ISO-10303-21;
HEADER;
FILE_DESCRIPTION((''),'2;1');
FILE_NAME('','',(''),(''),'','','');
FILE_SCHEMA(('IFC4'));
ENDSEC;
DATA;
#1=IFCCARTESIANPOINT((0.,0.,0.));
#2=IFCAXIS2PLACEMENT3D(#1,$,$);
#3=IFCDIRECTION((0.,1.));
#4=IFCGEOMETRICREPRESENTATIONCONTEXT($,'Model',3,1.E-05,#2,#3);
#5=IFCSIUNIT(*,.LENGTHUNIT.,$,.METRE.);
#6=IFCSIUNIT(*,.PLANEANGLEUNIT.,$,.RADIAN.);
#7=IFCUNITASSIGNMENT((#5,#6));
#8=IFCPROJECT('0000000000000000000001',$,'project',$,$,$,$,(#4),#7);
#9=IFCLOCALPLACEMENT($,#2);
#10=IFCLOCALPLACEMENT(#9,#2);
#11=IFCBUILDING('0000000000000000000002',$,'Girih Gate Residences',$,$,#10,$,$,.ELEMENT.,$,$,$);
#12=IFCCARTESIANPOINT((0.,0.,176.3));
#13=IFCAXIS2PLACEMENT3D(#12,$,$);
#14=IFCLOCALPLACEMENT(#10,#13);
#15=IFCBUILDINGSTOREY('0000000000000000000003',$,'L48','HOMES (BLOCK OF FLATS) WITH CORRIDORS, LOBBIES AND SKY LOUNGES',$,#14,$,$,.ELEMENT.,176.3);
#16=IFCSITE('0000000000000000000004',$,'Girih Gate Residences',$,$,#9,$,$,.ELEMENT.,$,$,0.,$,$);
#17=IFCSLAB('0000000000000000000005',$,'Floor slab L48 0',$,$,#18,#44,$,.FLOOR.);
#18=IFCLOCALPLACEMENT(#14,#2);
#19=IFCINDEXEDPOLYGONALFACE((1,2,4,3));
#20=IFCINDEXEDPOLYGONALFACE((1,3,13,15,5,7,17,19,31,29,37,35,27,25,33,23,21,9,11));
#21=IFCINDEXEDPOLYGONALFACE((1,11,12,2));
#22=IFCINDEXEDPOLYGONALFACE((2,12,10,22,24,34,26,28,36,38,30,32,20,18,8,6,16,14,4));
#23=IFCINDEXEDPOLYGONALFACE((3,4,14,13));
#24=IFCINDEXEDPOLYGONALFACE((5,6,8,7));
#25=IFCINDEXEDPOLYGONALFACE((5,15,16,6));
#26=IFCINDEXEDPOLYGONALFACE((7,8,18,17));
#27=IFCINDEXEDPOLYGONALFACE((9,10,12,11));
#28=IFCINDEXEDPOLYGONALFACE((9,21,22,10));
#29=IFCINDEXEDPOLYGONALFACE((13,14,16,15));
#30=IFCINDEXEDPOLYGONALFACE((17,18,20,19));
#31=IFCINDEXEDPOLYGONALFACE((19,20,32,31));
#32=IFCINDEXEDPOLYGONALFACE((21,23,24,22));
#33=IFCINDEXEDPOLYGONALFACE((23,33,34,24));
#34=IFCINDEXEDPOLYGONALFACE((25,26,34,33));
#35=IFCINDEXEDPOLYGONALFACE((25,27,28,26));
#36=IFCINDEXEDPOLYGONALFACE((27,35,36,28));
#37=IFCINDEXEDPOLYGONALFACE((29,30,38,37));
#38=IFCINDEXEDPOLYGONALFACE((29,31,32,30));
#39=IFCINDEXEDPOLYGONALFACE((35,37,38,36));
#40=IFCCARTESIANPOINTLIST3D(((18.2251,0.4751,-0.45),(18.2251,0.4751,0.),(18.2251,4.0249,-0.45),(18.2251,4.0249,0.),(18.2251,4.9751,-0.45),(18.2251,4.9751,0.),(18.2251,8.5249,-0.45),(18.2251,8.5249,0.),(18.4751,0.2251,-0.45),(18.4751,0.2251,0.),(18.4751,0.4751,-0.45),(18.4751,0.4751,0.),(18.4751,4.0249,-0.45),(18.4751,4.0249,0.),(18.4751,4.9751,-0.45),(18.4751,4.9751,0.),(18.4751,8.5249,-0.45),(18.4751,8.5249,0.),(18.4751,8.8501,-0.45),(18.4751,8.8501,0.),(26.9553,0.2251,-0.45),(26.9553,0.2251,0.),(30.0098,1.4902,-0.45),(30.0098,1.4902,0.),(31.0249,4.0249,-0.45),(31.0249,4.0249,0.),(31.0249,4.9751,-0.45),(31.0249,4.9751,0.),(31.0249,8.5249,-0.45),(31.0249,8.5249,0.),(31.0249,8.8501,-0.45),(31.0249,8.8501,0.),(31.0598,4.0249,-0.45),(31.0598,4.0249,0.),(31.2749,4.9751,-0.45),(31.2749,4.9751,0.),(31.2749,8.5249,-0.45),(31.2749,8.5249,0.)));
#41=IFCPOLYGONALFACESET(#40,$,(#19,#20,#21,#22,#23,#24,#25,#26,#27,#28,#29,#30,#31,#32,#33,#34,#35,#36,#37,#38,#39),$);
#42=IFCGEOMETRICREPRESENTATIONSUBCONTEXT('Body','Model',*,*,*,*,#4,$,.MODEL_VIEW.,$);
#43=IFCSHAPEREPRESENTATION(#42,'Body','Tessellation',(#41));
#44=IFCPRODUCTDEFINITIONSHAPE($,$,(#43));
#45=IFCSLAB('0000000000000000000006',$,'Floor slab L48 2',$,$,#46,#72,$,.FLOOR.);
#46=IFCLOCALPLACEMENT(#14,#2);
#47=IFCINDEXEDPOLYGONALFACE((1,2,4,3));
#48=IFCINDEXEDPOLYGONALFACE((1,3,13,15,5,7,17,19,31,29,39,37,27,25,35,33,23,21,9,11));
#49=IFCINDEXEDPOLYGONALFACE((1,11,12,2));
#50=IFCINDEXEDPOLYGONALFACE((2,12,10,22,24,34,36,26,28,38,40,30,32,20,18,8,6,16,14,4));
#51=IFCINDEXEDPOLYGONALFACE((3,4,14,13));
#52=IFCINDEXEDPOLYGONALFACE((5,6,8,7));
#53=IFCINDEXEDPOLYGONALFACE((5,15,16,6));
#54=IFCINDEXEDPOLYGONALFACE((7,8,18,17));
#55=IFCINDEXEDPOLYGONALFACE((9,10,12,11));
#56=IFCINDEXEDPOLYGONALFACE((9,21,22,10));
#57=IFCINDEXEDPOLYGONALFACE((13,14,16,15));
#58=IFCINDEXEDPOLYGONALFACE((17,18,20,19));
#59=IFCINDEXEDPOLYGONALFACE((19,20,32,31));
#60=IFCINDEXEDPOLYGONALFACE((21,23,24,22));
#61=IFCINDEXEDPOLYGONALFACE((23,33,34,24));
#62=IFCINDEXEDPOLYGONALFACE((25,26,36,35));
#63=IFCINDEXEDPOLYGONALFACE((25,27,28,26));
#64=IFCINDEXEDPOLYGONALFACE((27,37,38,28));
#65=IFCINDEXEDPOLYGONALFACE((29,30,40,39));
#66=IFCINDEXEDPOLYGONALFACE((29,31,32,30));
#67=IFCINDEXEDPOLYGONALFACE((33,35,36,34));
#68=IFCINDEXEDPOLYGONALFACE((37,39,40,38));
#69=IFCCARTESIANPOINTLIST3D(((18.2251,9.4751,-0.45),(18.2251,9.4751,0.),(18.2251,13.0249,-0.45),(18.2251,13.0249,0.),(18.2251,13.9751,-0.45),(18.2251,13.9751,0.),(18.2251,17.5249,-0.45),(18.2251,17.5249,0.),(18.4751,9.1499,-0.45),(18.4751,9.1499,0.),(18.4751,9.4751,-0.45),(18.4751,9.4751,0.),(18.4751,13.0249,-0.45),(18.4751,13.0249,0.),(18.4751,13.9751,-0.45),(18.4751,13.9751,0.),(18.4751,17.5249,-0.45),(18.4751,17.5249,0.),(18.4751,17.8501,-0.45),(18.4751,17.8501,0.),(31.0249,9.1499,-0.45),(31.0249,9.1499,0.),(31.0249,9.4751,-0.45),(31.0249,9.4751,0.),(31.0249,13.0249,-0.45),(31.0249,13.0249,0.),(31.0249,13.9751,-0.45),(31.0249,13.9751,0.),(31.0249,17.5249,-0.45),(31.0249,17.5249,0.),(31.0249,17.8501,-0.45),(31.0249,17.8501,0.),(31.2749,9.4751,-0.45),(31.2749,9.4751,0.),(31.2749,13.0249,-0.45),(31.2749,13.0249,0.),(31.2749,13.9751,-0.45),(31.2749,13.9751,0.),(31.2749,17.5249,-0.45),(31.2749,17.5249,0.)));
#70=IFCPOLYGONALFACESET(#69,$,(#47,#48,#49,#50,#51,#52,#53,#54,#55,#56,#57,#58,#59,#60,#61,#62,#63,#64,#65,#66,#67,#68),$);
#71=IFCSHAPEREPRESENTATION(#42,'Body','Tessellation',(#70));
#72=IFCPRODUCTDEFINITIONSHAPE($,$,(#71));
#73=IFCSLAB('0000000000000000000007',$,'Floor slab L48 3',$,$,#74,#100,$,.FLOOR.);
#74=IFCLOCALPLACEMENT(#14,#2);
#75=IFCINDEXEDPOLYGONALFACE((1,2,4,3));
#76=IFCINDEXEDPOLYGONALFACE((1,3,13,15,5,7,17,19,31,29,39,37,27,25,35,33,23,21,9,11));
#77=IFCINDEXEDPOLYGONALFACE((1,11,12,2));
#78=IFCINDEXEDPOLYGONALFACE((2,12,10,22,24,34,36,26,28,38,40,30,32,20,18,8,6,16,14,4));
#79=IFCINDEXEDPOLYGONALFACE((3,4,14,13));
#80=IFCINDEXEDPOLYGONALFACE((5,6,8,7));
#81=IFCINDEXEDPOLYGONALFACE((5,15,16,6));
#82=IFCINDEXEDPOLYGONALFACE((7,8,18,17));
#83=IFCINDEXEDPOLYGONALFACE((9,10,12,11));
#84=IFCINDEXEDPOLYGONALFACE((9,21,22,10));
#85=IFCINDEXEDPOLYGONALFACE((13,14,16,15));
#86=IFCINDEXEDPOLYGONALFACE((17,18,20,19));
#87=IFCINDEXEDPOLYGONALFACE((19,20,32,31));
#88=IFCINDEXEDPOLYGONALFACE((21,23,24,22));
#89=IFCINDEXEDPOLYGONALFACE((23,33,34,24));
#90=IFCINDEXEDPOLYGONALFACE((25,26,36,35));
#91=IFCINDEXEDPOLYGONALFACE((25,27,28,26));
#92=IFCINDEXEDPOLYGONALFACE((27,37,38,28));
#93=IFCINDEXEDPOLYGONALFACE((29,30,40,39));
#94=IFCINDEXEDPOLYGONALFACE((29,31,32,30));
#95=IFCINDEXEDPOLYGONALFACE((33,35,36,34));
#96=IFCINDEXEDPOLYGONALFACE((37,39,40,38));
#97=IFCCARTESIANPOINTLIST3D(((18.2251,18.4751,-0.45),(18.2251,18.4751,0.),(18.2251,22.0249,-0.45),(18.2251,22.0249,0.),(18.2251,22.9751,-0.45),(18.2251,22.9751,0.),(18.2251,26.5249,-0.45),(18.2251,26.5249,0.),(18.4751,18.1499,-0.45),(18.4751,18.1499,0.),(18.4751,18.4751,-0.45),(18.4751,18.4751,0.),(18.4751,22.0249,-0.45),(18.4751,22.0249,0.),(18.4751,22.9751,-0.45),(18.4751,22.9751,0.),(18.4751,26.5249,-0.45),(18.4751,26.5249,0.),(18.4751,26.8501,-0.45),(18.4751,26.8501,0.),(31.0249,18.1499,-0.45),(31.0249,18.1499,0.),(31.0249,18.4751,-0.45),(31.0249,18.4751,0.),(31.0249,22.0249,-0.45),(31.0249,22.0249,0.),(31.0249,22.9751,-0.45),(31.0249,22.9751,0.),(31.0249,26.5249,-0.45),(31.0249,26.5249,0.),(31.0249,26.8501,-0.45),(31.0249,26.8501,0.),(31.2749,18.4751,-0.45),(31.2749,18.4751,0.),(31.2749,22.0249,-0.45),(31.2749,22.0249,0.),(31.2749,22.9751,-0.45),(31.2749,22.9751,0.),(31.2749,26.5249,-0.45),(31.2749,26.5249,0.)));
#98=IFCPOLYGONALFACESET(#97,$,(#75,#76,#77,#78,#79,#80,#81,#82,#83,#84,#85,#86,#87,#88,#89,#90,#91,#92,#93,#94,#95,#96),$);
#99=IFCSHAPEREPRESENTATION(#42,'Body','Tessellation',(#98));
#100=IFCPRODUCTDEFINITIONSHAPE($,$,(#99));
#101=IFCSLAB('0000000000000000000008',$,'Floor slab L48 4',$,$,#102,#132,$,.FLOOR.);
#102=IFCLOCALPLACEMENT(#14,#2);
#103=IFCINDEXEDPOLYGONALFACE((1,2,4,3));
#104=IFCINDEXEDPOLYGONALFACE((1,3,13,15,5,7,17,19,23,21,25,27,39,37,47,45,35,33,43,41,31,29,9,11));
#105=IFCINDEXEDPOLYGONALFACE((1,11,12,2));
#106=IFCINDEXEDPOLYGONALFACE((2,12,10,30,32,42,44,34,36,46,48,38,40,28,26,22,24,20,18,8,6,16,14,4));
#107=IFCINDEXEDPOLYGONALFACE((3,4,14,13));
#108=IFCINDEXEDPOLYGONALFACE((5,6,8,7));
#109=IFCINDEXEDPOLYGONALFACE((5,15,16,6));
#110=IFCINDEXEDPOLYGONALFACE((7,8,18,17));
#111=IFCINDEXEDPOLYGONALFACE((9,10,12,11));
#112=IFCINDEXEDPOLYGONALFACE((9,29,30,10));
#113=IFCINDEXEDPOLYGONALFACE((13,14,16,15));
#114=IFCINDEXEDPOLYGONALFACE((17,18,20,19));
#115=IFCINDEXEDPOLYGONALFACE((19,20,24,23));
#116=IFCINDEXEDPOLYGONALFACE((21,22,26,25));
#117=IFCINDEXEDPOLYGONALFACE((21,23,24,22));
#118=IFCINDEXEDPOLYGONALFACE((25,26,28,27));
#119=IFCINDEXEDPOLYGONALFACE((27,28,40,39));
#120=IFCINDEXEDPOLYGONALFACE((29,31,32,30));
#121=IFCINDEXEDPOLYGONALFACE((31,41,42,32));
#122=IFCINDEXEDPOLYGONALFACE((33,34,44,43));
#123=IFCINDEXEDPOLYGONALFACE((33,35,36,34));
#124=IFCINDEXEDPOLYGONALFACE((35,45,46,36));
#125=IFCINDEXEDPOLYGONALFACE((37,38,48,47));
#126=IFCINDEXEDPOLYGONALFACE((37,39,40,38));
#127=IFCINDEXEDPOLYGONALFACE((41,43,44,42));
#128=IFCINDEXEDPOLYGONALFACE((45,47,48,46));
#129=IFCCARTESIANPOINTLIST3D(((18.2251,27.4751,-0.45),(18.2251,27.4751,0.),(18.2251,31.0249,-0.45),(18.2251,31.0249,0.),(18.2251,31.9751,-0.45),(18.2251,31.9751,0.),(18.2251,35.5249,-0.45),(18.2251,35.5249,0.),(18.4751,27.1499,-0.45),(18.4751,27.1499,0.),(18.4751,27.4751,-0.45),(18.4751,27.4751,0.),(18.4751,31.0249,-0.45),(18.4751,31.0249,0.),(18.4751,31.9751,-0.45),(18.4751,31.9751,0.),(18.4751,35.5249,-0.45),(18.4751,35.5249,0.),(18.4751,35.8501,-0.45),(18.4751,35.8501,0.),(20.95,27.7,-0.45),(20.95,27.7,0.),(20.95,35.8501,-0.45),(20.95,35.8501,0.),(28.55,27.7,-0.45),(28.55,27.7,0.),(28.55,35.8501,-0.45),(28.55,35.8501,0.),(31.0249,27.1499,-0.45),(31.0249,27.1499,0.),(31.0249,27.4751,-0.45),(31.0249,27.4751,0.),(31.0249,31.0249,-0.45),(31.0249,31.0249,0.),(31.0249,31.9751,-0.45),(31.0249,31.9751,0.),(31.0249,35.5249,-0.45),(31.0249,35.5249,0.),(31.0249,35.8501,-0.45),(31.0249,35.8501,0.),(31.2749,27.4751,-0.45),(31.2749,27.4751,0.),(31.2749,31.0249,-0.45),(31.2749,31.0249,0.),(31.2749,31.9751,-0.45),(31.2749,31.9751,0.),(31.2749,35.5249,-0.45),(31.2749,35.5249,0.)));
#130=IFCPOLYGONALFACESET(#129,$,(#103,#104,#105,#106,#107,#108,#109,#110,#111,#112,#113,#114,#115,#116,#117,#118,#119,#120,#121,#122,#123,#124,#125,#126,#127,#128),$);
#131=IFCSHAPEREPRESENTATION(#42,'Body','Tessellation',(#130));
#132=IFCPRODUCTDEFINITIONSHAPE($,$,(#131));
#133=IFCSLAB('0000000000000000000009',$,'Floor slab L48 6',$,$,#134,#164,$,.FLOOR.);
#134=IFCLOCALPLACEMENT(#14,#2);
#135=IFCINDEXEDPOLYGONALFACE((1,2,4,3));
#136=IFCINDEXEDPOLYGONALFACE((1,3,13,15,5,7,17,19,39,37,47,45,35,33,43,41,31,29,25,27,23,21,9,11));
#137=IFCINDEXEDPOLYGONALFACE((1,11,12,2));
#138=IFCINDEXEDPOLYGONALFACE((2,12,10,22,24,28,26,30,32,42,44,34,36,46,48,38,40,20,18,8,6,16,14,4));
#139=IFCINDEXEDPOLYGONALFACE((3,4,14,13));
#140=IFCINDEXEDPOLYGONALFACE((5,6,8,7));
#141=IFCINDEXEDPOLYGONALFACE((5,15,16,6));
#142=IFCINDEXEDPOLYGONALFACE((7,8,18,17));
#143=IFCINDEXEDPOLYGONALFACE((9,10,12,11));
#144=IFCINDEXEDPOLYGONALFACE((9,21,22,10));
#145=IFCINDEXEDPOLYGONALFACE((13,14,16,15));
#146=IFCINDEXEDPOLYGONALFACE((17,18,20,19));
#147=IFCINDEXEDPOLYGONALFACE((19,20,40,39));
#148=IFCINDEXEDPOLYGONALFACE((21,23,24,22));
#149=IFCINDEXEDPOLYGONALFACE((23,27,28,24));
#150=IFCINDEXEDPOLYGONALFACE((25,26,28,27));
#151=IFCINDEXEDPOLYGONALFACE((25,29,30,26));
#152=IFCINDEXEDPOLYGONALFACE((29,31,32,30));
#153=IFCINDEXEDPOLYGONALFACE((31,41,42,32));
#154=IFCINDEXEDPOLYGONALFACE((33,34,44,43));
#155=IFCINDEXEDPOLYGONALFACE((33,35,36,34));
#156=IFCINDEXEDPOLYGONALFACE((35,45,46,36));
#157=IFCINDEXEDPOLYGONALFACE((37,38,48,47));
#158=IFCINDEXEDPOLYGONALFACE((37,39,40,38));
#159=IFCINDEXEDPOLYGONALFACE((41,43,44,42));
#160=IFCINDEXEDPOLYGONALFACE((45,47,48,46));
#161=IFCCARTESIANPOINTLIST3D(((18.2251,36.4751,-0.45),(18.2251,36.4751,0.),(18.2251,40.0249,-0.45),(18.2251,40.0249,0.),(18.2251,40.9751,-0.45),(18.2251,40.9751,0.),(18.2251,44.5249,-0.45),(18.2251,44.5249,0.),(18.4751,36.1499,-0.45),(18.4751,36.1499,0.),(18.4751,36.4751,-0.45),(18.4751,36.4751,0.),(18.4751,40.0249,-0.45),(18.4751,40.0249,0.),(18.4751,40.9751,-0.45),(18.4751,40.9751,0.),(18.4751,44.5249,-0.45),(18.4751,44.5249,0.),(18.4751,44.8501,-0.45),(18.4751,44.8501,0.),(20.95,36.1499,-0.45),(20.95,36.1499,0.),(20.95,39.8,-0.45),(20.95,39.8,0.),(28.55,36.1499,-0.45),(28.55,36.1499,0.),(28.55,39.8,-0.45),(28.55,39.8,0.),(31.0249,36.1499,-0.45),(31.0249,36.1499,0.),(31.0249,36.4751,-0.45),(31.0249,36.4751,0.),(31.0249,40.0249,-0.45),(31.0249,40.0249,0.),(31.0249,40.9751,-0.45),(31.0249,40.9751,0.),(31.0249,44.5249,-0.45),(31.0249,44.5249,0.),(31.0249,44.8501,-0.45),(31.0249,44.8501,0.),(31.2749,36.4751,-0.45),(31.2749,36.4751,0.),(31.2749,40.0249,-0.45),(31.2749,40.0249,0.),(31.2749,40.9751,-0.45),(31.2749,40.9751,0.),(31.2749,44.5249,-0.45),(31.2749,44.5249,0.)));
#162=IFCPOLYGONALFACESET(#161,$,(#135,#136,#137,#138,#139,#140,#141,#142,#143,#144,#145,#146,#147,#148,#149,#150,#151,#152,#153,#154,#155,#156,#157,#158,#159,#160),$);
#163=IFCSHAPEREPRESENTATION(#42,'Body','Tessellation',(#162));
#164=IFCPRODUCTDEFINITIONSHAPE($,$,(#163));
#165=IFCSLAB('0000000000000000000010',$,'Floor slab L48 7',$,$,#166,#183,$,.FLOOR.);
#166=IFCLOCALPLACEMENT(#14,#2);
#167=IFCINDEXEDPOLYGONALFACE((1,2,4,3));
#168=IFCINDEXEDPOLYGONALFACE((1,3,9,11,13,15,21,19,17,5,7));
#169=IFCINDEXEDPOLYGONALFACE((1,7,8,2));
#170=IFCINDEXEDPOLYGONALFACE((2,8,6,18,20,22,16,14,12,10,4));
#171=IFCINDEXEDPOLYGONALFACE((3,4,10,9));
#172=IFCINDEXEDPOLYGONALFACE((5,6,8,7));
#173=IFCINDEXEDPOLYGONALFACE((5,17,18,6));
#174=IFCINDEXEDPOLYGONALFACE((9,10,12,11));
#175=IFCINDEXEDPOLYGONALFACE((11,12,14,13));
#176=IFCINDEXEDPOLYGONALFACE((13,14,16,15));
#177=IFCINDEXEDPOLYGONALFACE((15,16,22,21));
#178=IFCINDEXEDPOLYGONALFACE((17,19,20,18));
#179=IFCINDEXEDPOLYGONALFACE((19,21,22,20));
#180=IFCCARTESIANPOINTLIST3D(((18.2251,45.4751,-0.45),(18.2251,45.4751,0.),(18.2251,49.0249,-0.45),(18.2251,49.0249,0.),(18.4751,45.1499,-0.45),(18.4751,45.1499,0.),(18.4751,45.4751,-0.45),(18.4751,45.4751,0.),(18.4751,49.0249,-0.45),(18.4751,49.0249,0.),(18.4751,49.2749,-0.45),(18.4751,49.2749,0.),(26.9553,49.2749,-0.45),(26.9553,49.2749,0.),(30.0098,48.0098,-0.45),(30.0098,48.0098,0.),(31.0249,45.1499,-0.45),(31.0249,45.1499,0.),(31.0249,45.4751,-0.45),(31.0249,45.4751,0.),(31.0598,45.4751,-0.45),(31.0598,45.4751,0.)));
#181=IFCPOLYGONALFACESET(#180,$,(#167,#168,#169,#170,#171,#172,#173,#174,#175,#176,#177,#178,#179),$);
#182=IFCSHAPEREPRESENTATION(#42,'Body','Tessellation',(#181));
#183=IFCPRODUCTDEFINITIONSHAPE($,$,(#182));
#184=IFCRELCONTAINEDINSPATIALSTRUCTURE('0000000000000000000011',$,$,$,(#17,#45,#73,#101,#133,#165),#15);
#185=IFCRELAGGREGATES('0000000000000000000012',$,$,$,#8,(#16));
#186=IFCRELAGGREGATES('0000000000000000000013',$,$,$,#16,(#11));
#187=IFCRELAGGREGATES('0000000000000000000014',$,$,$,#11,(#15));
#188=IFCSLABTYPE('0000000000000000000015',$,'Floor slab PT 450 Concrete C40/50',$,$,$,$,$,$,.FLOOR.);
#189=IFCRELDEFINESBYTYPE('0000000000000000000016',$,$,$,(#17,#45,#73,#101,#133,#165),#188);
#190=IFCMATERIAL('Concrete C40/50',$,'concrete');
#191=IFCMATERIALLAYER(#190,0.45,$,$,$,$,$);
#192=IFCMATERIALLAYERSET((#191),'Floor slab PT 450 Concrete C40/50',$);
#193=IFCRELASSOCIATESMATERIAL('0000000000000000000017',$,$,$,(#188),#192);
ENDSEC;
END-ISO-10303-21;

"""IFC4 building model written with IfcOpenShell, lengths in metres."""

from ifc_helpers import new_model, si_unit, direction, frame, origin, place, context, subcontext, project, spatial, polyline, outline, extrude, material, layer, layer_set, type_object, element, save


model = new_model("IFC4")

# Units and contexts
model_context = context("Model", 3, precision=1e-05, world=origin(), true_north=direction((0.0, 1.0)))
body_context = subcontext(model_context, "Body", "Model", "MODEL_VIEW")
ifc_project = project(units=[si_unit("LENGTHUNIT", "METRE"), si_unit("PLANEANGLEUNIT", "RADIAN")], contexts=[model_context])

# Site, building, storey
site_placement = place(None, origin())
site = spatial("IfcSite", under=ifc_project, at=site_placement, Name="Girih Gate Residences", CompositionType="ELEMENT", RefElevation=0.0)
building_placement = place(site_placement, origin())
building = spatial("IfcBuilding", under=site, at=building_placement, Name="Girih Gate Residences", CompositionType="ELEMENT")
storey_placement = place(building_placement, frame((0.0, 0.0, 176.3)))
storey = spatial("IfcBuildingStorey", under=building, at=storey_placement, Name="L48", Description="HOMES (BLOCK OF FLATS) WITH CORRIDORS, LOBBIES AND SKY LOUNGES", CompositionType="ELEMENT", Elevation=176.3)

# Slabs
ifc_material_1 = material(Name="Concrete C40/50", Category="concrete")
ifc_layer_1 = layer(ifc_material_1, 0.45)
ifc_layer_set_1 = layer_set([ifc_layer_1], Name="Floor slab PT 450 Concrete C40/50")
slab_type_1 = type_object("IfcSlabType", Name="Floor slab PT 450 Concrete C40/50", PredefinedType="FLOOR", material=ifc_layer_set_1)
slab_1_placement = place(storey_placement, frame((0.0, 0.0, -0.45)))
element("IfcSlab", 1, at=slab_1_placement, inside=storey, type_object=slab_type_1, Name="Floor slab L48 0", PredefinedType="FLOOR", context=body_context, shape_type="SweptSolid", body=[
    extrude(outline(polyline([(18.4751, 0.2251), (26.9553, 0.2251), (30.0098, 1.4902), (31.0598, 4.0249), (31.0249, 4.0249), (31.0249, 4.9751), (31.2749, 4.9751), (31.2749, 8.5249), (31.0249, 8.5249), (31.0249, 8.8501), (18.4751, 8.8501), (18.4751, 8.5249), (18.2251, 8.5249), (18.2251, 4.9751), (18.4751, 4.9751), (18.4751, 4.0249), (18.2251, 4.0249), (18.2251, 0.4751), (18.4751, 0.4751), (18.4751, 0.2251)])), origin(), (0.0, 0.0, 1.0), 0.45),
])
slab_2_placement = place(storey_placement, frame((0.0, 0.0, -0.45)))
element("IfcSlab", 2, at=slab_2_placement, inside=storey, type_object=slab_type_1, Name="Floor slab L48 2", PredefinedType="FLOOR", context=body_context, shape_type="SweptSolid", body=[
    extrude(outline(polyline([(31.2749, 13.9751), (31.2749, 17.5249), (31.0249, 17.5249), (31.0249, 17.8501), (18.4751, 17.8501), (18.4751, 17.5249), (18.2251, 17.5249), (18.2251, 13.9751), (18.4751, 13.9751), (18.4751, 13.0249), (18.2251, 13.0249), (18.2251, 9.4751), (18.4751, 9.4751), (18.4751, 9.1499), (31.0249, 9.1499), (31.0249, 9.4751), (31.2749, 9.4751), (31.2749, 13.0249), (31.0249, 13.0249), (31.0249, 13.9751), (31.2749, 13.9751)])), origin(), (0.0, 0.0, 1.0), 0.45),
])
slab_3_placement = place(storey_placement, frame((0.0, 0.0, -0.45)))
element("IfcSlab", 3, at=slab_3_placement, inside=storey, type_object=slab_type_1, Name="Floor slab L48 3", PredefinedType="FLOOR", context=body_context, shape_type="SweptSolid", body=[
    extrude(outline(polyline([(31.2749, 22.9751), (31.2749, 26.5249), (31.0249, 26.5249), (31.0249, 26.8501), (18.4751, 26.8501), (18.4751, 26.5249), (18.2251, 26.5249), (18.2251, 22.9751), (18.4751, 22.9751), (18.4751, 22.0249), (18.2251, 22.0249), (18.2251, 18.4751), (18.4751, 18.4751), (18.4751, 18.1499), (31.0249, 18.1499), (31.0249, 18.4751), (31.2749, 18.4751), (31.2749, 22.0249), (31.0249, 22.0249), (31.0249, 22.9751), (31.2749, 22.9751)])), origin(), (0.0, 0.0, 1.0), 0.45),
])
slab_4_placement = place(storey_placement, frame((0.0, 0.0, -0.45)))
element("IfcSlab", 4, at=slab_4_placement, inside=storey, type_object=slab_type_1, Name="Floor slab L48 4", PredefinedType="FLOOR", context=body_context, shape_type="SweptSolid", body=[
    extrude(outline(polyline([(31.2749, 31.9751), (31.2749, 35.5249), (31.0249, 35.5249), (31.0249, 35.8501), (28.55, 35.8501), (28.55, 27.7), (20.95, 27.7), (20.95, 35.8501), (18.4751, 35.8501), (18.4751, 35.5249), (18.2251, 35.5249), (18.2251, 31.9751), (18.4751, 31.9751), (18.4751, 31.0249), (18.2251, 31.0249), (18.2251, 27.4751), (18.4751, 27.4751), (18.4751, 27.1499), (31.0249, 27.1499), (31.0249, 27.4751), (31.2749, 27.4751), (31.2749, 31.0249), (31.0249, 31.0249), (31.0249, 31.9751), (31.2749, 31.9751)])), origin(), (0.0, 0.0, 1.0), 0.45),
])
slab_5_placement = place(storey_placement, frame((0.0, 0.0, -0.45)))
element("IfcSlab", 5, at=slab_5_placement, inside=storey, type_object=slab_type_1, Name="Floor slab L48 6", PredefinedType="FLOOR", context=body_context, shape_type="SweptSolid", body=[
    extrude(outline(polyline([(31.2749, 40.9751), (31.2749, 44.5249), (31.0249, 44.5249), (31.0249, 44.8501), (18.4751, 44.8501), (18.4751, 44.5249), (18.2251, 44.5249), (18.2251, 40.9751), (18.4751, 40.9751), (18.4751, 40.0249), (18.2251, 40.0249), (18.2251, 36.4751), (18.4751, 36.4751), (18.4751, 36.1499), (20.95, 36.1499), (20.95, 39.8), (28.55, 39.8), (28.55, 36.1499), (31.0249, 36.1499), (31.0249, 36.4751), (31.2749, 36.4751), (31.2749, 40.0249), (31.0249, 40.0249), (31.0249, 40.9751), (31.2749, 40.9751)])), origin(), (0.0, 0.0, 1.0), 0.45),
])
slab_6_placement = place(storey_placement, frame((0.0, 0.0, -0.45)))
element("IfcSlab", 6, at=slab_6_placement, inside=storey, type_object=slab_type_1, Name="Floor slab L48 7", PredefinedType="FLOOR", context=body_context, shape_type="SweptSolid", body=[
    extrude(outline(polyline([(26.9553, 49.2749), (18.4751, 49.2749), (18.4751, 49.0249), (18.2251, 49.0249), (18.2251, 45.4751), (18.4751, 45.4751), (18.4751, 45.1499), (31.0249, 45.1499), (31.0249, 45.4751), (31.0598, 45.4751), (30.0098, 48.0098), (26.9553, 49.2749)])), origin(), (0.0, 0.0, 1.0), 0.45),
])

save(model, "model.ifc")
